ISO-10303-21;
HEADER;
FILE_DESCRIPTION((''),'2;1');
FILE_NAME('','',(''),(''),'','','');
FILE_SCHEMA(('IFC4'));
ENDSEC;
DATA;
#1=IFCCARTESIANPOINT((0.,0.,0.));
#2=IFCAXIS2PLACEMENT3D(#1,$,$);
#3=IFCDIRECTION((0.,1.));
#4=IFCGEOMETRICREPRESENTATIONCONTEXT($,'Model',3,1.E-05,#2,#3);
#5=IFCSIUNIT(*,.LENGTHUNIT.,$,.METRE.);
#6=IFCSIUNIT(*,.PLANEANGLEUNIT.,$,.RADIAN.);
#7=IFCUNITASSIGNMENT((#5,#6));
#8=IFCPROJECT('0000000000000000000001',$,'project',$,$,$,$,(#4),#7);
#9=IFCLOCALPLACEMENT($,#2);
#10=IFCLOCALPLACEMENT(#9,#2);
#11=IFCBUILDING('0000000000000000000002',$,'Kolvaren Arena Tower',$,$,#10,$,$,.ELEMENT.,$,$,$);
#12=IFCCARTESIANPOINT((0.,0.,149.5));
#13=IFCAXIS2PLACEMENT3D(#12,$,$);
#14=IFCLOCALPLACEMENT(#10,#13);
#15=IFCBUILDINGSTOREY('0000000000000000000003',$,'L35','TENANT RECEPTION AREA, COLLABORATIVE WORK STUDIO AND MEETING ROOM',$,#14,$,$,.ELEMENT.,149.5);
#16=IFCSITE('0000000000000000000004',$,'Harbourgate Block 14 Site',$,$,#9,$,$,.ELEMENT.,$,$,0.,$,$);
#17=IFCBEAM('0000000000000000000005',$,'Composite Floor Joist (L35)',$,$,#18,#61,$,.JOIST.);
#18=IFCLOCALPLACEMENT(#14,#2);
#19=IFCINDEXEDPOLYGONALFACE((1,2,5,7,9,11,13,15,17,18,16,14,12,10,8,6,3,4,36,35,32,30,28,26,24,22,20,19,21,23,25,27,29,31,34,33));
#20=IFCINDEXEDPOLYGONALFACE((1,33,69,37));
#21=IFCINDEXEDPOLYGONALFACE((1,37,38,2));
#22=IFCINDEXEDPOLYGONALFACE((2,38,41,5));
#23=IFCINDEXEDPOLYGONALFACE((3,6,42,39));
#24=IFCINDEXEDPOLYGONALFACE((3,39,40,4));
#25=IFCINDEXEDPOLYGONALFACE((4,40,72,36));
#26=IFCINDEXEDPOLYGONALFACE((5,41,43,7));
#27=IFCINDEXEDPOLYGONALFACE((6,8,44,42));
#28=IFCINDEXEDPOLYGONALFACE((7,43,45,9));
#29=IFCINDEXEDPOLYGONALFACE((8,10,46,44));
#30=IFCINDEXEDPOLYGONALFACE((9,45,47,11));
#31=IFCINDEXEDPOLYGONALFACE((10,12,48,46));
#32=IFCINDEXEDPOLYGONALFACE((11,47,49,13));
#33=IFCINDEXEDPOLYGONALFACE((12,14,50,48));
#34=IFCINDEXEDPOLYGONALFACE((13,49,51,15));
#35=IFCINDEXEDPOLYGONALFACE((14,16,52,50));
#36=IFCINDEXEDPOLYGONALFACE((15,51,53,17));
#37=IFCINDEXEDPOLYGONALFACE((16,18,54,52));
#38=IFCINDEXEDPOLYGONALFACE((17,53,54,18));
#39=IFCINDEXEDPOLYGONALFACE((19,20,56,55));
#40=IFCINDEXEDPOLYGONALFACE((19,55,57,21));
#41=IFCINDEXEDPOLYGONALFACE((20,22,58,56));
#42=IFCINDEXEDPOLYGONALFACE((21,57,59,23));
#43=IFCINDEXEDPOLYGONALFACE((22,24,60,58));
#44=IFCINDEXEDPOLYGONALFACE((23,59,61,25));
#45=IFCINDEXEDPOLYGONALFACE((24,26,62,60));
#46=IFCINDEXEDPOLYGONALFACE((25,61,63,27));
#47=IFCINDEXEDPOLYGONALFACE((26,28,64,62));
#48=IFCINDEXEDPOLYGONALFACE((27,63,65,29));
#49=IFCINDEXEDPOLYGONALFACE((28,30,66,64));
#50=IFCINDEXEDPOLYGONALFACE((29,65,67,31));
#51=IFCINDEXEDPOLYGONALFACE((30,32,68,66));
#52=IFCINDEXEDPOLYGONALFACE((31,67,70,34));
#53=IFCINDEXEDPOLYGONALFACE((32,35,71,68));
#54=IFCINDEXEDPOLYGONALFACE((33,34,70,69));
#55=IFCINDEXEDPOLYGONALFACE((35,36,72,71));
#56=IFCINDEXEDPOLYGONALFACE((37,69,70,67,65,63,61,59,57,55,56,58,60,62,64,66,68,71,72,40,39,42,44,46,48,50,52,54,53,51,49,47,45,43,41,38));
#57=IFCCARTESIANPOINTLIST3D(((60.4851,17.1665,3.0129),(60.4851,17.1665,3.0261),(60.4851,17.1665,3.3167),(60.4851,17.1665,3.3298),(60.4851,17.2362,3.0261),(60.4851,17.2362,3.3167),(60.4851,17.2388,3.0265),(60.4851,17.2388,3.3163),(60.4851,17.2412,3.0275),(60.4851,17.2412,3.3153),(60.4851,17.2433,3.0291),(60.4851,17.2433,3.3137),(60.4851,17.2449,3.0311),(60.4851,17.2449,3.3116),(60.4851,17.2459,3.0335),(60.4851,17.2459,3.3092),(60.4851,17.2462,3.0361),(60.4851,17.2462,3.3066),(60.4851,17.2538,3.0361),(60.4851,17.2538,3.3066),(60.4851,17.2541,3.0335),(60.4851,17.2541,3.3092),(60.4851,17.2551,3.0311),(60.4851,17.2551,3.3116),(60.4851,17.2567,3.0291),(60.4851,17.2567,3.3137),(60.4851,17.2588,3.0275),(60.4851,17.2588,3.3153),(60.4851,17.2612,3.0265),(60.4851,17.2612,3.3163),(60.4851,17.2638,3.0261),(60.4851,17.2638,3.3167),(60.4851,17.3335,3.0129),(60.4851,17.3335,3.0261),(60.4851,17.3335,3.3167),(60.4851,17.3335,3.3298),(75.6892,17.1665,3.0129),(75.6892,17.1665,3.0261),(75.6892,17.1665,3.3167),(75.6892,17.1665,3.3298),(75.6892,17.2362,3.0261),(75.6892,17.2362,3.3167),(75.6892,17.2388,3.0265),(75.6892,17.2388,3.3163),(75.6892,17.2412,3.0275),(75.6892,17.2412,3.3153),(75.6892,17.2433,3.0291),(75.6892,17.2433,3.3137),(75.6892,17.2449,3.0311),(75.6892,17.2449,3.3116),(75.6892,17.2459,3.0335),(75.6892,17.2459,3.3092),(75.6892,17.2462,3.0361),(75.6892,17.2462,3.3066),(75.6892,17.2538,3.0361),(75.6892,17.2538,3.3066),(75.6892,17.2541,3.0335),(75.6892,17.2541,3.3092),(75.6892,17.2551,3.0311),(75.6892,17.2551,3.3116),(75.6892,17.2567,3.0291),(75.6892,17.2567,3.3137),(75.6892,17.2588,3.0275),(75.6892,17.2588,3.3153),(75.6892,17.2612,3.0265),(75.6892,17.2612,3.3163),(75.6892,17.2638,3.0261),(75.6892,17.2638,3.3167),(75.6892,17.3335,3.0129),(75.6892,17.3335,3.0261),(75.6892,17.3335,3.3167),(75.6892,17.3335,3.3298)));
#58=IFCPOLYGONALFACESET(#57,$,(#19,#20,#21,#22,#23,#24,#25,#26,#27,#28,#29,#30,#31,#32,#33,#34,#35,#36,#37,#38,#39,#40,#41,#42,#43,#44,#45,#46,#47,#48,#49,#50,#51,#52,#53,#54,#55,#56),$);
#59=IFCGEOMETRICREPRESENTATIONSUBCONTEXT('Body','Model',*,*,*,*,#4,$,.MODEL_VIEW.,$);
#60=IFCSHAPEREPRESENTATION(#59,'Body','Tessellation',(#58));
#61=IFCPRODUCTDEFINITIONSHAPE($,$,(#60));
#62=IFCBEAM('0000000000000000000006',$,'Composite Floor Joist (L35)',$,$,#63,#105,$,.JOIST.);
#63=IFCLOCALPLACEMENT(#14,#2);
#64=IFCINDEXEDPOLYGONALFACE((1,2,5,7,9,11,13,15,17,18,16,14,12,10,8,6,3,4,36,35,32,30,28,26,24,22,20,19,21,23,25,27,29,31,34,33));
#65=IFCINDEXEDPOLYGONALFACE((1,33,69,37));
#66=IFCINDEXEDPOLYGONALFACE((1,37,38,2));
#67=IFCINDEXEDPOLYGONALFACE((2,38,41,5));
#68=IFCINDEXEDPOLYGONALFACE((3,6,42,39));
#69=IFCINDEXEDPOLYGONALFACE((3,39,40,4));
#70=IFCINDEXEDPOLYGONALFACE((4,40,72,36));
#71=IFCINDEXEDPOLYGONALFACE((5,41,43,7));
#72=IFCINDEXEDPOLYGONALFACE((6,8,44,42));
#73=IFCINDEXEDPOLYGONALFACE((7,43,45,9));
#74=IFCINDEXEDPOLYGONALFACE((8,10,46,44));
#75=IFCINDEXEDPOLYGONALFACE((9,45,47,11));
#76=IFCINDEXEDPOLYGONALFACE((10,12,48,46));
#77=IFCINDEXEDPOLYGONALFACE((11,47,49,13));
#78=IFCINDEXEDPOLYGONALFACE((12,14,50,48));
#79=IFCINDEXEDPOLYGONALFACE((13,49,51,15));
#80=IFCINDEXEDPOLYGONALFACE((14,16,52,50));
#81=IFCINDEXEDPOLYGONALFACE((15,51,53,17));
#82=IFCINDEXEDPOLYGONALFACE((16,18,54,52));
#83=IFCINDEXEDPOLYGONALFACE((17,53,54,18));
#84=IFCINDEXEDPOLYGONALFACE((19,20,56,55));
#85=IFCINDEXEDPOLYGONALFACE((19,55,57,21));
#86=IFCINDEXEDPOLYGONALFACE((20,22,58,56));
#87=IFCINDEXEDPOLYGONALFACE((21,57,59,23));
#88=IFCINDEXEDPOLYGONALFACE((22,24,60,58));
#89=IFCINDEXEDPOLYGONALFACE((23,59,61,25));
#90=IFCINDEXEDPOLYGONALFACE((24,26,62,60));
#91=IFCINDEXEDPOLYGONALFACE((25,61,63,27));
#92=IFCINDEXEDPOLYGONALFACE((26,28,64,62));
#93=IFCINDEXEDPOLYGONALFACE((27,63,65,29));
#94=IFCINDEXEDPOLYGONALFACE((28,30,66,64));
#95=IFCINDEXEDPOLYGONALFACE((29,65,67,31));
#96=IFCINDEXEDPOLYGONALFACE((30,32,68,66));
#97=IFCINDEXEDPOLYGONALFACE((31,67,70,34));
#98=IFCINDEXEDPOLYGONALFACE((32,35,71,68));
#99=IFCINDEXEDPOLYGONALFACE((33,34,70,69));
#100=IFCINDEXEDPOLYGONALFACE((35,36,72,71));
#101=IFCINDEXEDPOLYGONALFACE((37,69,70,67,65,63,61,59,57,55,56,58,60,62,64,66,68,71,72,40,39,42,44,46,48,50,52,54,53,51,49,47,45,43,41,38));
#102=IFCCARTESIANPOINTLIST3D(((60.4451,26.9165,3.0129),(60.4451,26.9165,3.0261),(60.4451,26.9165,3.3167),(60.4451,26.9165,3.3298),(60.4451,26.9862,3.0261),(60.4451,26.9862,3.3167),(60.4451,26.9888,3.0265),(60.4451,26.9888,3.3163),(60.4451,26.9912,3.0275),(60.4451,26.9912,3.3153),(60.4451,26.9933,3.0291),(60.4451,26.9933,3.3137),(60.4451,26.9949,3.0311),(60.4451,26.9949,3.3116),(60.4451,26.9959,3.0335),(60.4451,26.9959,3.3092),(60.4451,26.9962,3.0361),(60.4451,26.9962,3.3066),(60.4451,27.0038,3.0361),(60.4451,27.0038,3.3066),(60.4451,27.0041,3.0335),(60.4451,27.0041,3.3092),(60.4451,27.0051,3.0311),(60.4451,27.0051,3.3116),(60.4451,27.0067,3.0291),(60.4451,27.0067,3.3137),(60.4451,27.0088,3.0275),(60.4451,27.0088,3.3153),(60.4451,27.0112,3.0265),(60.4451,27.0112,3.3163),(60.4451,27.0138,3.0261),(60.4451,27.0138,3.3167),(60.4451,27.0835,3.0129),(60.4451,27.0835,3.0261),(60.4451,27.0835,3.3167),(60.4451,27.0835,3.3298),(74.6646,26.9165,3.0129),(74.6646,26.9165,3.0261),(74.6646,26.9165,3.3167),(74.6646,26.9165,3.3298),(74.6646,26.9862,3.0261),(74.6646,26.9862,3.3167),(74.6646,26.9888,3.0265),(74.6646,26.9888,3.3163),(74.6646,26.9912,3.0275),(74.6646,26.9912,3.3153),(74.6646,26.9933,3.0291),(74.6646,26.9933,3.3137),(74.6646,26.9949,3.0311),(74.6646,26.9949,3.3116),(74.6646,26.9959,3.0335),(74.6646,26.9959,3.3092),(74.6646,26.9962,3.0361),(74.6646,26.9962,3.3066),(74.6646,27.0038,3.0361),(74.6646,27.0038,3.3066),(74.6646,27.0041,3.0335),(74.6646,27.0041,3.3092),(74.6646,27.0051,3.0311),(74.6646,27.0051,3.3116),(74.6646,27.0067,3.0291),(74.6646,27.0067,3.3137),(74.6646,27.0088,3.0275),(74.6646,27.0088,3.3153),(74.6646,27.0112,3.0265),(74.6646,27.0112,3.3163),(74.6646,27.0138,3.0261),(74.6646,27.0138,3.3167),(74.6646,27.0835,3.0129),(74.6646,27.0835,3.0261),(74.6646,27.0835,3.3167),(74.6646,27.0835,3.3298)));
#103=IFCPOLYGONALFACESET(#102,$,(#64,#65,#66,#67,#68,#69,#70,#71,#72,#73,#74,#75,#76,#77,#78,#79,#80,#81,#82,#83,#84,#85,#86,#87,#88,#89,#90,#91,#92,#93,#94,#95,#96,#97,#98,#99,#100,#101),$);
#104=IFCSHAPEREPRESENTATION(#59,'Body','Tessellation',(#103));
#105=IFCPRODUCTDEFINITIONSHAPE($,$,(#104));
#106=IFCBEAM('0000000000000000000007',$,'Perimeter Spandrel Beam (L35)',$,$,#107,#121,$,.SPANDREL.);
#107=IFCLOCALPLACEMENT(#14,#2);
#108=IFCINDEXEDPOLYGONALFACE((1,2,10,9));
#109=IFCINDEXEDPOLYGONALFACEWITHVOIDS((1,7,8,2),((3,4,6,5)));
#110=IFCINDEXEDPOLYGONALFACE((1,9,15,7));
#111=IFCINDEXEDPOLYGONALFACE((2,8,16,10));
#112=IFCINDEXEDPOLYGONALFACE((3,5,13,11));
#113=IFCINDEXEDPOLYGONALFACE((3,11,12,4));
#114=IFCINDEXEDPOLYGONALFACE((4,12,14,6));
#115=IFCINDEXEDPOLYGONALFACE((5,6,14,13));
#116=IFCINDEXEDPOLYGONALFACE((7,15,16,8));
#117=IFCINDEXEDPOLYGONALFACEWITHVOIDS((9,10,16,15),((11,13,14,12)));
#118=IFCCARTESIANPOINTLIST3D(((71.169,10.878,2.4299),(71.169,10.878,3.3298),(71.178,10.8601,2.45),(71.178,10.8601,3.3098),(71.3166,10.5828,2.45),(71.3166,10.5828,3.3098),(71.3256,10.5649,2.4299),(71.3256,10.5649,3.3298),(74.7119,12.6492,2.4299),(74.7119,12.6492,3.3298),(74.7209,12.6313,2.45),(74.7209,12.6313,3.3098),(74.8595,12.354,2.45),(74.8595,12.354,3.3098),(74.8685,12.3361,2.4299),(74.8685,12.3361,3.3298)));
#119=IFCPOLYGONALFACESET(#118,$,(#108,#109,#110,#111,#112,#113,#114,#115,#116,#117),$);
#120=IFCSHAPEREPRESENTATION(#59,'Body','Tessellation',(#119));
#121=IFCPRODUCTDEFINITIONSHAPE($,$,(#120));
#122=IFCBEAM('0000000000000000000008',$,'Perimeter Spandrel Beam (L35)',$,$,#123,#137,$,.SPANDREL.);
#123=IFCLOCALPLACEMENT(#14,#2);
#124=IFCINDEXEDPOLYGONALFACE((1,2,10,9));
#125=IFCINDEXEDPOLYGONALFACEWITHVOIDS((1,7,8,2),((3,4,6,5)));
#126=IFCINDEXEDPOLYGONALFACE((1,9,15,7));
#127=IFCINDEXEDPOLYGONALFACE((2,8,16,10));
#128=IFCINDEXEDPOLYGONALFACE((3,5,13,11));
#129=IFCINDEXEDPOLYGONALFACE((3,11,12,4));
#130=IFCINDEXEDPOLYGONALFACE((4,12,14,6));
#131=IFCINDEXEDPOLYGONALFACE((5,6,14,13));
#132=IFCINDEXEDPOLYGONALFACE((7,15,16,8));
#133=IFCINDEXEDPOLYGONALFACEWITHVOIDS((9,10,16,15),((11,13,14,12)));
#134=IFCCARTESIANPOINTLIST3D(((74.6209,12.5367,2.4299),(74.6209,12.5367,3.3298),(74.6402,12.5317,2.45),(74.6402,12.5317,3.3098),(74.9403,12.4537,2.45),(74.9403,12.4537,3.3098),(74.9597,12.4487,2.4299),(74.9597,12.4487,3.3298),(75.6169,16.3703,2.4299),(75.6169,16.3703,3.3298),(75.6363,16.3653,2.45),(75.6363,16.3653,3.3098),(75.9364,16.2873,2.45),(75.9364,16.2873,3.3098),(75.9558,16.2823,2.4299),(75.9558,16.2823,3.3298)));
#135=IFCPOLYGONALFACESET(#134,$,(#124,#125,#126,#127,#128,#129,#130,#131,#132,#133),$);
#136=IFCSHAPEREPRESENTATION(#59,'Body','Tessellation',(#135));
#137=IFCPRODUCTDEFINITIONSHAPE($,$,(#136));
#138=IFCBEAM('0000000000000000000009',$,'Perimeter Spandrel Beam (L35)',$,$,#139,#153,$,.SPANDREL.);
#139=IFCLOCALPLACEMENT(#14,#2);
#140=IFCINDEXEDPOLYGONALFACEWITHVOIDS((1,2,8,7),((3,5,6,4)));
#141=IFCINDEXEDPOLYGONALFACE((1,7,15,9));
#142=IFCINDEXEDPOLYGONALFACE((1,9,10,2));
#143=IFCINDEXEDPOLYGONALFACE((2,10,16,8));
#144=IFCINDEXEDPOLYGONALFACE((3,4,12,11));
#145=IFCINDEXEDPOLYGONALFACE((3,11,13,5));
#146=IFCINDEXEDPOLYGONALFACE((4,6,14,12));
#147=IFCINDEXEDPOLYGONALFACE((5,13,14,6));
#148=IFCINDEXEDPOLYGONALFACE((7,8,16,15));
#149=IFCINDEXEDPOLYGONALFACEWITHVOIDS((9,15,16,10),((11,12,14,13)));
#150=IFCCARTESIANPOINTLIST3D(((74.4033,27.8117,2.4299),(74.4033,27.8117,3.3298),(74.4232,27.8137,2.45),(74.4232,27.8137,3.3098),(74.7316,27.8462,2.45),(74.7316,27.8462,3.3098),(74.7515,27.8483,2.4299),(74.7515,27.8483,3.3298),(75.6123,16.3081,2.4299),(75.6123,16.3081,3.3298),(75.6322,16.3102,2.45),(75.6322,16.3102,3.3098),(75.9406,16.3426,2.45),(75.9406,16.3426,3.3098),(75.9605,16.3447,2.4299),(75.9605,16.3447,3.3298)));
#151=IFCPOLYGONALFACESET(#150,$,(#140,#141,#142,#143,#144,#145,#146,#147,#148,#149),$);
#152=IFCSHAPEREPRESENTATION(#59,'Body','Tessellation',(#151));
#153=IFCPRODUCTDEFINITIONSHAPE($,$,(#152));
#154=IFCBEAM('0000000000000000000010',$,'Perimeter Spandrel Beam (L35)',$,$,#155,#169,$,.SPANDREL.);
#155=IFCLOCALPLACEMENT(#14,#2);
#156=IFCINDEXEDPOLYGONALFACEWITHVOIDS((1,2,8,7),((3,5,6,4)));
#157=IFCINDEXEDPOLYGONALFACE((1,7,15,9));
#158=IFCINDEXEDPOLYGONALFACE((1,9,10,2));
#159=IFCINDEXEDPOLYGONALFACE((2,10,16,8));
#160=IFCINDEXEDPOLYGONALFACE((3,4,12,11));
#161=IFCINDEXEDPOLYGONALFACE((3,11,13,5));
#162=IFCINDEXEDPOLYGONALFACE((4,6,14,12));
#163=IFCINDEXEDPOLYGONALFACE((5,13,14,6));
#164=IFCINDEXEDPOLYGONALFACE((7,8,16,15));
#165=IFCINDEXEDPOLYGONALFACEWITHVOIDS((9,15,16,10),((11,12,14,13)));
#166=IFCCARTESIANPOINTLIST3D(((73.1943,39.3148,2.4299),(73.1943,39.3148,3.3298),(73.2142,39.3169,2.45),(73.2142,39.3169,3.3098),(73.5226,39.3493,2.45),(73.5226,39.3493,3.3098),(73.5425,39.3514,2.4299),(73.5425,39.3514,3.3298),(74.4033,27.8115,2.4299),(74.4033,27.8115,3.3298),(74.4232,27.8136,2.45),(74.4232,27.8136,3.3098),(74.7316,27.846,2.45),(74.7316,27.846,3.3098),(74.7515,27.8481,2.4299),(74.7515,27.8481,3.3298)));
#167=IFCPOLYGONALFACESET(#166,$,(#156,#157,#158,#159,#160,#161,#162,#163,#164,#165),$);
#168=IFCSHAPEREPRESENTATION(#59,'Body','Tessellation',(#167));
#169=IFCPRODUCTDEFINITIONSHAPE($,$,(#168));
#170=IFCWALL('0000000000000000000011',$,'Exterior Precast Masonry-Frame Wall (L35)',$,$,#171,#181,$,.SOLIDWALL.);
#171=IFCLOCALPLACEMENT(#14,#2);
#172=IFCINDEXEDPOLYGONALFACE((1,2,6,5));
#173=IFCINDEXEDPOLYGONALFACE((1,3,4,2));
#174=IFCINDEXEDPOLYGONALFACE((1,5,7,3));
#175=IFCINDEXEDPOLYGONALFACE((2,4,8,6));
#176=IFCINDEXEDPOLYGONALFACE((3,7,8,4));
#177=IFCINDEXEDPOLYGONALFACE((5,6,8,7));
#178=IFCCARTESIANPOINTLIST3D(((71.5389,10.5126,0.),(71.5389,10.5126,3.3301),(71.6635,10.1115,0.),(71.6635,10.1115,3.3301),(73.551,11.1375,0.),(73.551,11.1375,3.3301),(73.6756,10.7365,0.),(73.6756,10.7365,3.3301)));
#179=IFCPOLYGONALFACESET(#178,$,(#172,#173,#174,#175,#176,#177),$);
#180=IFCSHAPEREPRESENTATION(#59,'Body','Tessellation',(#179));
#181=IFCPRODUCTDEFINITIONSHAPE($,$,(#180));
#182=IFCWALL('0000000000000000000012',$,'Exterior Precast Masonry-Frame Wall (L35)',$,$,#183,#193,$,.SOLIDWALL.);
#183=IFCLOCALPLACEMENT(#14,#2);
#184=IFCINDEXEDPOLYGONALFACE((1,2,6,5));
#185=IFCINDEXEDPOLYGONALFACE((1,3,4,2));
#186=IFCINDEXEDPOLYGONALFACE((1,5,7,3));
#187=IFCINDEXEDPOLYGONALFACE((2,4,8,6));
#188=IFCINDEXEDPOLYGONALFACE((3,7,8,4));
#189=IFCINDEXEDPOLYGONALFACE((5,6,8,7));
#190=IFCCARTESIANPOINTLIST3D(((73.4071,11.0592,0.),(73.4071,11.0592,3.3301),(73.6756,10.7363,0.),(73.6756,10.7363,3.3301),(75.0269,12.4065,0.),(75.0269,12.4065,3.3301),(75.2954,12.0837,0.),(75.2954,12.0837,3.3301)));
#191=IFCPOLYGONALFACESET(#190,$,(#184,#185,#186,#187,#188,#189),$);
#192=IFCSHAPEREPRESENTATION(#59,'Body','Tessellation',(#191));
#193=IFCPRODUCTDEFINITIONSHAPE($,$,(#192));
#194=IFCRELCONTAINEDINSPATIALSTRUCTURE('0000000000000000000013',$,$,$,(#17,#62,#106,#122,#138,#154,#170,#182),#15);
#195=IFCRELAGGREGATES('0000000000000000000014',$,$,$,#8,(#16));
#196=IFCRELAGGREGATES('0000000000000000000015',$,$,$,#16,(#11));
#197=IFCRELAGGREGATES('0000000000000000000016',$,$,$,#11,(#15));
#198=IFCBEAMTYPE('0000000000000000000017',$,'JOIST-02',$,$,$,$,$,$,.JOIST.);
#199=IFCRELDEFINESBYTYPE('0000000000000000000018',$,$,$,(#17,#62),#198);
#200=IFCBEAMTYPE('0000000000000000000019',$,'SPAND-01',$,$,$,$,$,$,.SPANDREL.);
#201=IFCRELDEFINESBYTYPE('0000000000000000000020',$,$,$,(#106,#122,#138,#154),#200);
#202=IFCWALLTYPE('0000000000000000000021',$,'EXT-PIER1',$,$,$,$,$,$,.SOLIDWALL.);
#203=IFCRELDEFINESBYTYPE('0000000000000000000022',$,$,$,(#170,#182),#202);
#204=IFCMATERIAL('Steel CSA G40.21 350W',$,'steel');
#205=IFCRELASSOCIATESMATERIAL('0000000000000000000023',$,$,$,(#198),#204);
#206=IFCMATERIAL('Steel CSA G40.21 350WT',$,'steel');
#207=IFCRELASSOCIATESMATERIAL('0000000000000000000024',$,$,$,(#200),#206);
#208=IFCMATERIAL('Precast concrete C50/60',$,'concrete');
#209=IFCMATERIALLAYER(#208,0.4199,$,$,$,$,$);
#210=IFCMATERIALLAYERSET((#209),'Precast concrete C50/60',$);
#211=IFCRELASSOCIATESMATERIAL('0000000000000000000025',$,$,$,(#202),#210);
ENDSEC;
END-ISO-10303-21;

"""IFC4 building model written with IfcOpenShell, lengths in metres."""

from ifc_helpers import new_model, si_unit, direction, frame, frame_2d, origin, origin_2d, place, context, subcontext, project, spatial, rectangle, hollow_rectangle, i_section, extrude, material, layer, layer_set, material_profile, profile_set, type_object, element, save


model = new_model("IFC4")

# Units and contexts
model_context = context("Model", 3, precision=1e-05, world=origin(), true_north=direction((0.0, 1.0)))
body_context = subcontext(model_context, "Body", "Model", "MODEL_VIEW")
ifc_project = project(units=[si_unit("LENGTHUNIT", "METRE"), si_unit("PLANEANGLEUNIT", "RADIAN")], contexts=[model_context])

# Site, building, storey
site_placement = place(None, origin())
site = spatial("IfcSite", under=ifc_project, at=site_placement, Name="Harbourgate Block 14 Site", CompositionType="ELEMENT", RefElevation=0.0)
building_placement = place(site_placement, origin())
building = spatial("IfcBuilding", under=site, at=building_placement, Name="Kolvaren Arena Tower", CompositionType="ELEMENT")
storey_placement = place(building_placement, frame((0.0, 0.0, 149.5)))
storey = spatial("IfcBuildingStorey", under=building, at=storey_placement, Name="L35", Description="TENANT RECEPTION AREA, COLLABORATIVE WORK STUDIO AND MEETING ROOM", CompositionType="ELEMENT", Elevation=149.5)

# Beams
ifc_material_1 = material(Name="Steel CSA G40.21 350W", Category="steel")
ifc_material_profile_1 = material_profile(ifc_material_1, i_section(OverallWidth=0.167, OverallDepth=0.3169, WebThickness=0.0076, FlangeThickness=0.0132, FilletRadius=0.01, at=origin_2d()), Name="W310x52")
ifc_profile_set_1 = profile_set([ifc_material_profile_1], Name="Steel CSA G40.21 350W")
beam_type_1 = type_object("IfcBeamType", Name="JOIST-02", PredefinedType="JOIST", material=ifc_profile_set_1)
beam_1_placement = place(storey_placement, frame((60.4851, 17.25, 3.1714), z_axis=(1.0, 0.0, 0.0), x_axis=(0.0, 1.0, 0.0)))
element("IfcBeam", 1, at=beam_1_placement, inside=storey, type_object=beam_type_1, Name="Composite Floor Joist (L35)", PredefinedType="JOIST", context=body_context, shape_type="SweptSolid", body=[
    extrude(i_section(OverallWidth=0.167, OverallDepth=0.3169, WebThickness=0.0076, FlangeThickness=0.0132, FilletRadius=0.01, at=origin_2d()), origin(), (0.0, 0.0, 1.0), 15.2041),
])
beam_2_placement = place(storey_placement, frame((60.4451, 27.0, 3.1714), z_axis=(1.0, 0.0, 0.0), x_axis=(0.0, 1.0, 0.0)))
element("IfcBeam", 2, at=beam_2_placement, inside=storey, type_object=beam_type_1, Name="Composite Floor Joist (L35)", PredefinedType="JOIST", context=body_context, shape_type="SweptSolid", body=[
    extrude(i_section(OverallWidth=0.167, OverallDepth=0.3169, WebThickness=0.0076, FlangeThickness=0.0132, FilletRadius=0.01, at=origin_2d()), origin(), (0.0, 0.0, 1.0), 14.2195),
])
ifc_material_2 = material(Name="Steel CSA G40.21 350WT", Category="steel")
ifc_material_profile_2 = material_profile(ifc_material_2, hollow_rectangle(XDim=0.3501, YDim=0.8999, WallThickness=0.02, at=origin_2d()), Name="HSS 900x350x20")
ifc_profile_set_2 = profile_set([ifc_material_profile_2], Name="Steel CSA G40.21 350WT")
beam_type_2 = type_object("IfcBeamType", Name="SPAND-01", PredefinedType="SPANDREL", material=ifc_profile_set_2)
for number, where, z_axis, x_axis, name in (
    (3, (71.2473, 10.7214, 2.8799), (0.894452, 0.447164, 0.0), (-0.447164, 0.894452, 0.0), "Perimeter Spandrel Beam (L35)"),
    (4, (74.7903, 12.4927, 2.8799), (0.251473, 0.967864, 0.0), (-0.967864, 0.251473, 0.0), "Perimeter Spandrel Beam (L35)"),
):
    element("IfcBeam", number, at=place(storey_placement, frame(where, z_axis=z_axis, x_axis=x_axis)), inside=storey, type_object=beam_type_2, Name=name, PredefinedType="SPANDREL", context=body_context, shape_type="SweptSolid", body=[
        extrude(hollow_rectangle(XDim=0.3501, YDim=0.8999, WallThickness=0.02, at=origin_2d()), origin(), (0.0, 0.0, 1.0), 3.9609),
    ])
beam_3_placement = place(storey_placement, frame((75.7864, 16.3264, 2.8799), z_axis=(-0.104522, 0.994523, 0.0), x_axis=(-0.994523, -0.104522, 0.0)))
element("IfcBeam", 5, at=beam_3_placement, inside=storey, type_object=beam_type_2, Name="Perimeter Spandrel Beam (L35)", PredefinedType="SPANDREL", context=body_context, shape_type="SweptSolid", body=[
    extrude(hollow_rectangle(XDim=0.3501, YDim=0.8999, WallThickness=0.02, at=origin_2d()), origin(), (0.0, 0.0, 1.0), 11.5669),
])
beam_4_placement = place(storey_placement, frame((74.5774, 27.8298, 2.8799), z_axis=(-0.104524, 0.994522, 0.0), x_axis=(-0.994522, -0.104524, 0.0)))
element("IfcBeam", 6, at=beam_4_placement, inside=storey, type_object=beam_type_2, Name="Perimeter Spandrel Beam (L35)", PredefinedType="SPANDREL", context=body_context, shape_type="SweptSolid", body=[
    extrude(hollow_rectangle(XDim=0.3501, YDim=0.8999, WallThickness=0.02, at=origin_2d()), origin(), (0.0, 0.0, 1.0), 11.5667),
])

# Walls
ifc_material_3 = material(Name="Precast concrete C50/60", Category="concrete")
ifc_layer_1 = layer(ifc_material_3, 0.4199)
ifc_layer_set_1 = layer_set([ifc_layer_1], Name="Precast concrete C50/60")
wall_type_1 = type_object("IfcWallType", Name="EXT-PIER1", PredefinedType="SOLIDWALL", material=ifc_layer_set_1)
for number, where, z_axis, x_axis, name in (
    (7, (73.6133, 10.937, 0.0), (0.0, 0.0, 1.0), (-0.954994, -0.296625, 0.0), "Exterior Precast Masonry-Frame Wall (L35)"),
    (8, (75.1611, 12.2451, 0.0), (0.0, 0.0, 1.0), (-0.7688, -0.639489, 0.0), "Exterior Precast Masonry-Frame Wall (L35)"),
):
    element("IfcWall", number, at=place(storey_placement, frame(where, z_axis=z_axis, x_axis=x_axis)), inside=storey, type_object=wall_type_1, Name=name, PredefinedType="SOLIDWALL", context=body_context, shape_type="SweptSolid", body=[
        extrude(rectangle(XDim=2.1069, YDim=0.4199, at=frame_2d((1.0535, 0.0))), origin(), (0.0, 0.0, 1.0), 3.3301),
    ])

save(model, "model.ifc")
